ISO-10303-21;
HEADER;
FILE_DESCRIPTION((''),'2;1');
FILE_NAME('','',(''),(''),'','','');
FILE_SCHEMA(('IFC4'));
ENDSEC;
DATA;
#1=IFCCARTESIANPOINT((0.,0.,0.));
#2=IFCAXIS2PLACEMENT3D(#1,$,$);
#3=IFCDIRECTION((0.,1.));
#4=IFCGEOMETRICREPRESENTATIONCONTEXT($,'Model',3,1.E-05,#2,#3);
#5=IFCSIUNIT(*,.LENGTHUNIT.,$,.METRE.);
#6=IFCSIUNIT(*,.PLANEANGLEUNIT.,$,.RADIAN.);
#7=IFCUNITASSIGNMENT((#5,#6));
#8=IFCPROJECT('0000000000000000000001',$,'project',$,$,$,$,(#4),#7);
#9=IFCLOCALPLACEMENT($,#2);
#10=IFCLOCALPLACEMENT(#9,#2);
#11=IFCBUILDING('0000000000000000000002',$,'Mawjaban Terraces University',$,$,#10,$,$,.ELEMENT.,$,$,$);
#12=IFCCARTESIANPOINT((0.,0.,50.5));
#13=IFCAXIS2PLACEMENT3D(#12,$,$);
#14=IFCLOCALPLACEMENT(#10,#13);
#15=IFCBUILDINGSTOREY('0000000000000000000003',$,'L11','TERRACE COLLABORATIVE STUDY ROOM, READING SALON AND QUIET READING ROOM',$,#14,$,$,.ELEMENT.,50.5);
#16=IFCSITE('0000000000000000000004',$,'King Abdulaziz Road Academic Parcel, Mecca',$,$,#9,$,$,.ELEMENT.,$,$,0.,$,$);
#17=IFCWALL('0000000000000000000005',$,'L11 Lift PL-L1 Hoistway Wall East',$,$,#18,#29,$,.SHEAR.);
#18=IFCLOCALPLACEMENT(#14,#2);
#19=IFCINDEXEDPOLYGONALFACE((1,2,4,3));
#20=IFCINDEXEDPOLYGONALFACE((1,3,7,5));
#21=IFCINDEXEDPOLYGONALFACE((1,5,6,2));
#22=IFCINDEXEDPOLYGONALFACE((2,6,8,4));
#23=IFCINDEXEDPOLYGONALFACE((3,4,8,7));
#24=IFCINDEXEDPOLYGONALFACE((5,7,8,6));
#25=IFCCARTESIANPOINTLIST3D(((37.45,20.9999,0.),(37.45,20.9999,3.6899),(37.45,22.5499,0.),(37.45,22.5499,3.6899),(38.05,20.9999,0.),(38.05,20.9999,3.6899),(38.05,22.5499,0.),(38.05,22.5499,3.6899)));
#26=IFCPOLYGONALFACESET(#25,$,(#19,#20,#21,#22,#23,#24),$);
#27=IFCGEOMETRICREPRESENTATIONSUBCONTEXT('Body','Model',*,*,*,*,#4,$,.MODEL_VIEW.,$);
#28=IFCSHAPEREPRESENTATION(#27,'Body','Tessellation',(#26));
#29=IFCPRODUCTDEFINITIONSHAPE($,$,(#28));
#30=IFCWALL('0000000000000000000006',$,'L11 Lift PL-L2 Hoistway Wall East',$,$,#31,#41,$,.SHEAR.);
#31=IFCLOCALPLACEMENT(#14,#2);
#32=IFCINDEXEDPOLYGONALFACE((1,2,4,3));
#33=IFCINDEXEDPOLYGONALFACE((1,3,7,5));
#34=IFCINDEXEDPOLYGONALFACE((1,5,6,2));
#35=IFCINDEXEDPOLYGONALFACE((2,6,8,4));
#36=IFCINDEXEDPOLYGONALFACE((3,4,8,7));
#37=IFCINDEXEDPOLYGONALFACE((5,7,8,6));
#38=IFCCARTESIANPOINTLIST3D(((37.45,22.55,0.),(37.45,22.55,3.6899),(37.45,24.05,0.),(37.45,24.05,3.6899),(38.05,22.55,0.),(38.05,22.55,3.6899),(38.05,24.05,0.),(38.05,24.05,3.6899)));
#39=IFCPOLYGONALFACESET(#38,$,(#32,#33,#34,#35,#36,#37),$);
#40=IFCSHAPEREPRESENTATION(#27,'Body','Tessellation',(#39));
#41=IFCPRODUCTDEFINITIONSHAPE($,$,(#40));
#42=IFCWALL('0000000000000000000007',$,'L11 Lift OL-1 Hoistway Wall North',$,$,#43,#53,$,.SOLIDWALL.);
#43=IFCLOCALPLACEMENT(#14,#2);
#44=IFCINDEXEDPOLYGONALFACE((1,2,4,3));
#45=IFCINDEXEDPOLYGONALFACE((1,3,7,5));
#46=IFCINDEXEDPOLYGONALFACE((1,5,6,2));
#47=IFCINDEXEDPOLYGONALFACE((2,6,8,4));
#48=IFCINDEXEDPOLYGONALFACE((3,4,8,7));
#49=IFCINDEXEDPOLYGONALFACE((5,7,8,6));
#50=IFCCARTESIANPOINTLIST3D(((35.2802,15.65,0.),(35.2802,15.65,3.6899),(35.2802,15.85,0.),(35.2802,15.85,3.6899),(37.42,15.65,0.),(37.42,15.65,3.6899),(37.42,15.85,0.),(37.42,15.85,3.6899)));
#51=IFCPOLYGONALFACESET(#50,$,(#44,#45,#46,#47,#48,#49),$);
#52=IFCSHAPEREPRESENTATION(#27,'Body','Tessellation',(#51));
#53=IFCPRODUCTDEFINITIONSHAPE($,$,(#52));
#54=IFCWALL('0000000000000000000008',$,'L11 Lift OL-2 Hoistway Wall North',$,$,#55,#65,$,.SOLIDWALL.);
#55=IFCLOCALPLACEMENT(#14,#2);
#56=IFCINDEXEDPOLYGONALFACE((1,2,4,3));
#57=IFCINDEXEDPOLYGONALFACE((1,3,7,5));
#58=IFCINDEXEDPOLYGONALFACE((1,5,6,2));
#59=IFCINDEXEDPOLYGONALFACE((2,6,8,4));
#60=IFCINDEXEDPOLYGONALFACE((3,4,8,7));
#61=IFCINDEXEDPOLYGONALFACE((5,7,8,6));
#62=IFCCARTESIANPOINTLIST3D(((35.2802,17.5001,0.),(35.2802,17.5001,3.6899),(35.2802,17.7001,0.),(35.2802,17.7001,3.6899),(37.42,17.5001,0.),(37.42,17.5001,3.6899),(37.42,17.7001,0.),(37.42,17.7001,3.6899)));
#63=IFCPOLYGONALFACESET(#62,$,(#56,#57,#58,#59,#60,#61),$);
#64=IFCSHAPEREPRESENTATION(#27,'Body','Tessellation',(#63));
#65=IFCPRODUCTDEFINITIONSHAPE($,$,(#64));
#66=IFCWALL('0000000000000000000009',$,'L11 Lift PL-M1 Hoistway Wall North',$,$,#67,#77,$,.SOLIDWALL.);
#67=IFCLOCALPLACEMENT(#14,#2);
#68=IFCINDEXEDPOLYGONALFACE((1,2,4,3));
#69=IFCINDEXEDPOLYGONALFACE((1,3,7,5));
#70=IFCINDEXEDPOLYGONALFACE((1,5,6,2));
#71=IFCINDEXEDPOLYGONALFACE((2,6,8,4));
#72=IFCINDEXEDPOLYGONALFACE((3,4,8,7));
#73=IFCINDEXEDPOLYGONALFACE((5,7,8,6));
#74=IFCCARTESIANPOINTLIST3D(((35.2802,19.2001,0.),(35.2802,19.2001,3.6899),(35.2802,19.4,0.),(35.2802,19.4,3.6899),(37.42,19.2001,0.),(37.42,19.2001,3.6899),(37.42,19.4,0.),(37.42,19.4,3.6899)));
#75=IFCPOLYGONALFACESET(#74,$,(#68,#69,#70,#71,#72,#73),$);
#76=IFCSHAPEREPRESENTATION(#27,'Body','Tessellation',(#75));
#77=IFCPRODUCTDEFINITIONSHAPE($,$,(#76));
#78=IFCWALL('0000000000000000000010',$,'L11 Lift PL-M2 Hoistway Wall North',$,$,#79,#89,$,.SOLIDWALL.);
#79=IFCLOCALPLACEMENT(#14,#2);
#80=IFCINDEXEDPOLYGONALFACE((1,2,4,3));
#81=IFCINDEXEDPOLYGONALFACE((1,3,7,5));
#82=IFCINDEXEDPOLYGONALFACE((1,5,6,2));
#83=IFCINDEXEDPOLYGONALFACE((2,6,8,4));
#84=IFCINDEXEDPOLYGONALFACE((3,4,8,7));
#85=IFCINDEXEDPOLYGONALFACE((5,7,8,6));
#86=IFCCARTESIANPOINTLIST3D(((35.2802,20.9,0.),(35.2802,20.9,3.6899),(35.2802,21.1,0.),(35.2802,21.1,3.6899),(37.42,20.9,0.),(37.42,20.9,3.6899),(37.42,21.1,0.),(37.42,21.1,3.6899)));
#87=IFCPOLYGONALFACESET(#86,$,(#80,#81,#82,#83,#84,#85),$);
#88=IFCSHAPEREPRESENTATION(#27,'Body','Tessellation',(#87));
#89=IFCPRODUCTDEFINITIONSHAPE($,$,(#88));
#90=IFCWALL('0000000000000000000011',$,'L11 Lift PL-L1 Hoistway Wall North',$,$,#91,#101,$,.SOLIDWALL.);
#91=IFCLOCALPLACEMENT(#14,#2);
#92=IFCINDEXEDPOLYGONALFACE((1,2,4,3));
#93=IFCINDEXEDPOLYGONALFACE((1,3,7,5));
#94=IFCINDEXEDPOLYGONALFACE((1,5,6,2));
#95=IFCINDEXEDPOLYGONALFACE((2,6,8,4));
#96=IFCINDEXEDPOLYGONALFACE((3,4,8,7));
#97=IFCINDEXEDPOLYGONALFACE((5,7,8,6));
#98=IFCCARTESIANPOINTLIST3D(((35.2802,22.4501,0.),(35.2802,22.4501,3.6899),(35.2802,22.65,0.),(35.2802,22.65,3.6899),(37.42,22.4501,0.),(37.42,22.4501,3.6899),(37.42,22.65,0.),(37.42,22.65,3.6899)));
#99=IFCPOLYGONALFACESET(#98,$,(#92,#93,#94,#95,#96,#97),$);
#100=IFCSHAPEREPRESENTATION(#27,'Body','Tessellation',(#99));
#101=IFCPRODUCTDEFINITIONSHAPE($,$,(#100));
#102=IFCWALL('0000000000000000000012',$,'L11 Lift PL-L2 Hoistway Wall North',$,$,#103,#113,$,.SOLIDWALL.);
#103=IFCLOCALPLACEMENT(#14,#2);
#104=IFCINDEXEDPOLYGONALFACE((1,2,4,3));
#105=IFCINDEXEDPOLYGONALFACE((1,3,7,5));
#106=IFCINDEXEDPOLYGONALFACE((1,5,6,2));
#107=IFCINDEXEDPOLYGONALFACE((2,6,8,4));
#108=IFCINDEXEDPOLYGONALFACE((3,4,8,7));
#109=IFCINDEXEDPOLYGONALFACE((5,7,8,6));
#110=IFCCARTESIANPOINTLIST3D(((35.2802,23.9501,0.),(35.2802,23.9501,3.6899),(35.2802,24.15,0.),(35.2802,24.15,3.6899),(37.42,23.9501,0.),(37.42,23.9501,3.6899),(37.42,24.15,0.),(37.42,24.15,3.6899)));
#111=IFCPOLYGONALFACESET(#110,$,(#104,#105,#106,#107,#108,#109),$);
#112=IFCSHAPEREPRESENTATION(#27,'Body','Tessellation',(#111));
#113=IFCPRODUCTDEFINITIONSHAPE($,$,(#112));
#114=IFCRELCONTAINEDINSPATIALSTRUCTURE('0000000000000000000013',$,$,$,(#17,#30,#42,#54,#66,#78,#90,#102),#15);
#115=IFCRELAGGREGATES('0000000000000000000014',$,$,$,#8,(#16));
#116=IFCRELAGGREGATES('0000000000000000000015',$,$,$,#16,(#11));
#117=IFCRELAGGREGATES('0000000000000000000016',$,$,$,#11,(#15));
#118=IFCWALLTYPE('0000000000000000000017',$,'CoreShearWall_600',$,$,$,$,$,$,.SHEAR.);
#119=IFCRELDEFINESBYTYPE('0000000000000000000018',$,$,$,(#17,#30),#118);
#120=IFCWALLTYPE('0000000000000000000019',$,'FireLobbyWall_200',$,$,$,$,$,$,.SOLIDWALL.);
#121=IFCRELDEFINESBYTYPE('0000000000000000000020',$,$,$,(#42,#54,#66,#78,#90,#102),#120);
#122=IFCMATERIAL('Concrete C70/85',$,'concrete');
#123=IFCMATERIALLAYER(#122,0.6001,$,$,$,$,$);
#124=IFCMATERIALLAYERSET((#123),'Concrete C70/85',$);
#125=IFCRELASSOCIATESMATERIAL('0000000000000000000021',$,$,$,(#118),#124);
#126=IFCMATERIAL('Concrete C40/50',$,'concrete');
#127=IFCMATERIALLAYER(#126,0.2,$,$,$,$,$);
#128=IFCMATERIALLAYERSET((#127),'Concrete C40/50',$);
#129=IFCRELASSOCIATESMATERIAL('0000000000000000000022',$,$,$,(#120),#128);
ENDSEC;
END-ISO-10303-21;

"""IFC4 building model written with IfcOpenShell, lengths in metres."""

from ifc_helpers import new_model, si_unit, direction, frame, frame_2d, origin, place, context, subcontext, project, spatial, rectangle, extrude, material, layer, layer_set, type_object, element, save


model = new_model("IFC4")

# Units and contexts
model_context = context("Model", 3, precision=1e-05, world=origin(), true_north=direction((0.0, 1.0)))
body_context = subcontext(model_context, "Body", "Model", "MODEL_VIEW")
ifc_project = project(units=[si_unit("LENGTHUNIT", "METRE"), si_unit("PLANEANGLEUNIT", "RADIAN")], contexts=[model_context])

# Site, building, storey
site_placement = place(None, origin())
site = spatial("IfcSite", under=ifc_project, at=site_placement, Name="King Abdulaziz Road Academic Parcel, Mecca", CompositionType="ELEMENT", RefElevation=0.0)
building_placement = place(site_placement, origin())
building = spatial("IfcBuilding", under=site, at=building_placement, Name="Mawjaban Terraces University", CompositionType="ELEMENT")
storey_placement = place(building_placement, frame((0.0, 0.0, 50.5)))
storey = spatial("IfcBuildingStorey", under=building, at=storey_placement, Name="L11", Description="TERRACE COLLABORATIVE STUDY ROOM, READING SALON AND QUIET READING ROOM", CompositionType="ELEMENT", Elevation=50.5)

# Shared definitions
ifc_material_1 = material(Name="Concrete C70/85", Category="concrete")

# Walls
ifc_layer_1 = layer(ifc_material_1, 0.6001)
ifc_layer_set_1 = layer_set([ifc_layer_1], Name="Concrete C70/85")
wall_type_1 = type_object("IfcWallType", Name="CoreShearWall_600", PredefinedType="SHEAR", material=ifc_layer_set_1)
wall_1_placement = place(storey_placement, frame((37.75, 21.0, 0.0), z_axis=(0.0, 0.0, 1.0), x_axis=(0.0, 1.0, 0.0)))
element("IfcWall", 1, at=wall_1_placement, inside=storey, type_object=wall_type_1, Name="L11 Lift PL-L1 Hoistway Wall East", PredefinedType="SHEAR", context=body_context, shape_type="SweptSolid", body=[
    extrude(rectangle(XDim=1.55, YDim=0.6001, at=frame_2d((0.7749, 0.0))), origin(), (0.0, 0.0, 1.0), 3.6899),
])
wall_2_placement = place(storey_placement, frame((37.75, 22.55, 0.0), z_axis=(0.0, 0.0, 1.0), x_axis=(0.0, 1.0, 0.0)))
element("IfcWall", 2, at=wall_2_placement, inside=storey, type_object=wall_type_1, Name="L11 Lift PL-L2 Hoistway Wall East", PredefinedType="SHEAR", context=body_context, shape_type="SweptSolid", body=[
    extrude(rectangle(XDim=1.5, YDim=0.6001, at=frame_2d((0.75, 0.0))), origin(), (0.0, 0.0, 1.0), 3.6899),
])
ifc_material_2 = material(Name="Concrete C40/50", Category="concrete")
ifc_layer_2 = layer(ifc_material_2, 0.2)
ifc_layer_set_2 = layer_set([ifc_layer_2], Name="Concrete C40/50")
wall_type_2 = type_object("IfcWallType", Name="FireLobbyWall_200", PredefinedType="SOLIDWALL", material=ifc_layer_set_2)
for number, where, z_axis, x_axis, name in (
    (3, (37.4199, 15.75, 0.0), (0.0, 0.0, 1.0), (-1.0, 0.0, 0.0), "L11 Lift OL-1 Hoistway Wall North"),
    (4, (37.4199, 17.6001, 0.0), (0.0, 0.0, 1.0), (-1.0, 0.0, 0.0), "L11 Lift OL-2 Hoistway Wall North"),
    (5, (37.4199, 19.3, 0.0), (0.0, 0.0, 1.0), (-1.0, 0.0, 0.0), "L11 Lift PL-M1 Hoistway Wall North"),
    (6, (37.4199, 21.0, 0.0), (0.0, 0.0, 1.0), (-1.0, 0.0, 0.0), "L11 Lift PL-M2 Hoistway Wall North"),
    (7, (37.4199, 22.55, 0.0), (0.0, 0.0, 1.0), (-1.0, 0.0, 0.0), "L11 Lift PL-L1 Hoistway Wall North"),
    (8, (37.4199, 24.05, 0.0), (0.0, 0.0, 1.0), (-1.0, 0.0, 0.0), "L11 Lift PL-L2 Hoistway Wall North"),
):
    element("IfcWall", number, at=place(storey_placement, frame(where, z_axis=z_axis, x_axis=x_axis)), inside=storey, type_object=wall_type_2, Name=name, PredefinedType="SOLIDWALL", context=body_context, shape_type="SweptSolid", body=[
        extrude(rectangle(XDim=2.1399, YDim=0.2, at=frame_2d((1.0698, 0.0))), origin(), (0.0, 0.0, 1.0), 3.6899),
    ])

save(model, "model.ifc")
